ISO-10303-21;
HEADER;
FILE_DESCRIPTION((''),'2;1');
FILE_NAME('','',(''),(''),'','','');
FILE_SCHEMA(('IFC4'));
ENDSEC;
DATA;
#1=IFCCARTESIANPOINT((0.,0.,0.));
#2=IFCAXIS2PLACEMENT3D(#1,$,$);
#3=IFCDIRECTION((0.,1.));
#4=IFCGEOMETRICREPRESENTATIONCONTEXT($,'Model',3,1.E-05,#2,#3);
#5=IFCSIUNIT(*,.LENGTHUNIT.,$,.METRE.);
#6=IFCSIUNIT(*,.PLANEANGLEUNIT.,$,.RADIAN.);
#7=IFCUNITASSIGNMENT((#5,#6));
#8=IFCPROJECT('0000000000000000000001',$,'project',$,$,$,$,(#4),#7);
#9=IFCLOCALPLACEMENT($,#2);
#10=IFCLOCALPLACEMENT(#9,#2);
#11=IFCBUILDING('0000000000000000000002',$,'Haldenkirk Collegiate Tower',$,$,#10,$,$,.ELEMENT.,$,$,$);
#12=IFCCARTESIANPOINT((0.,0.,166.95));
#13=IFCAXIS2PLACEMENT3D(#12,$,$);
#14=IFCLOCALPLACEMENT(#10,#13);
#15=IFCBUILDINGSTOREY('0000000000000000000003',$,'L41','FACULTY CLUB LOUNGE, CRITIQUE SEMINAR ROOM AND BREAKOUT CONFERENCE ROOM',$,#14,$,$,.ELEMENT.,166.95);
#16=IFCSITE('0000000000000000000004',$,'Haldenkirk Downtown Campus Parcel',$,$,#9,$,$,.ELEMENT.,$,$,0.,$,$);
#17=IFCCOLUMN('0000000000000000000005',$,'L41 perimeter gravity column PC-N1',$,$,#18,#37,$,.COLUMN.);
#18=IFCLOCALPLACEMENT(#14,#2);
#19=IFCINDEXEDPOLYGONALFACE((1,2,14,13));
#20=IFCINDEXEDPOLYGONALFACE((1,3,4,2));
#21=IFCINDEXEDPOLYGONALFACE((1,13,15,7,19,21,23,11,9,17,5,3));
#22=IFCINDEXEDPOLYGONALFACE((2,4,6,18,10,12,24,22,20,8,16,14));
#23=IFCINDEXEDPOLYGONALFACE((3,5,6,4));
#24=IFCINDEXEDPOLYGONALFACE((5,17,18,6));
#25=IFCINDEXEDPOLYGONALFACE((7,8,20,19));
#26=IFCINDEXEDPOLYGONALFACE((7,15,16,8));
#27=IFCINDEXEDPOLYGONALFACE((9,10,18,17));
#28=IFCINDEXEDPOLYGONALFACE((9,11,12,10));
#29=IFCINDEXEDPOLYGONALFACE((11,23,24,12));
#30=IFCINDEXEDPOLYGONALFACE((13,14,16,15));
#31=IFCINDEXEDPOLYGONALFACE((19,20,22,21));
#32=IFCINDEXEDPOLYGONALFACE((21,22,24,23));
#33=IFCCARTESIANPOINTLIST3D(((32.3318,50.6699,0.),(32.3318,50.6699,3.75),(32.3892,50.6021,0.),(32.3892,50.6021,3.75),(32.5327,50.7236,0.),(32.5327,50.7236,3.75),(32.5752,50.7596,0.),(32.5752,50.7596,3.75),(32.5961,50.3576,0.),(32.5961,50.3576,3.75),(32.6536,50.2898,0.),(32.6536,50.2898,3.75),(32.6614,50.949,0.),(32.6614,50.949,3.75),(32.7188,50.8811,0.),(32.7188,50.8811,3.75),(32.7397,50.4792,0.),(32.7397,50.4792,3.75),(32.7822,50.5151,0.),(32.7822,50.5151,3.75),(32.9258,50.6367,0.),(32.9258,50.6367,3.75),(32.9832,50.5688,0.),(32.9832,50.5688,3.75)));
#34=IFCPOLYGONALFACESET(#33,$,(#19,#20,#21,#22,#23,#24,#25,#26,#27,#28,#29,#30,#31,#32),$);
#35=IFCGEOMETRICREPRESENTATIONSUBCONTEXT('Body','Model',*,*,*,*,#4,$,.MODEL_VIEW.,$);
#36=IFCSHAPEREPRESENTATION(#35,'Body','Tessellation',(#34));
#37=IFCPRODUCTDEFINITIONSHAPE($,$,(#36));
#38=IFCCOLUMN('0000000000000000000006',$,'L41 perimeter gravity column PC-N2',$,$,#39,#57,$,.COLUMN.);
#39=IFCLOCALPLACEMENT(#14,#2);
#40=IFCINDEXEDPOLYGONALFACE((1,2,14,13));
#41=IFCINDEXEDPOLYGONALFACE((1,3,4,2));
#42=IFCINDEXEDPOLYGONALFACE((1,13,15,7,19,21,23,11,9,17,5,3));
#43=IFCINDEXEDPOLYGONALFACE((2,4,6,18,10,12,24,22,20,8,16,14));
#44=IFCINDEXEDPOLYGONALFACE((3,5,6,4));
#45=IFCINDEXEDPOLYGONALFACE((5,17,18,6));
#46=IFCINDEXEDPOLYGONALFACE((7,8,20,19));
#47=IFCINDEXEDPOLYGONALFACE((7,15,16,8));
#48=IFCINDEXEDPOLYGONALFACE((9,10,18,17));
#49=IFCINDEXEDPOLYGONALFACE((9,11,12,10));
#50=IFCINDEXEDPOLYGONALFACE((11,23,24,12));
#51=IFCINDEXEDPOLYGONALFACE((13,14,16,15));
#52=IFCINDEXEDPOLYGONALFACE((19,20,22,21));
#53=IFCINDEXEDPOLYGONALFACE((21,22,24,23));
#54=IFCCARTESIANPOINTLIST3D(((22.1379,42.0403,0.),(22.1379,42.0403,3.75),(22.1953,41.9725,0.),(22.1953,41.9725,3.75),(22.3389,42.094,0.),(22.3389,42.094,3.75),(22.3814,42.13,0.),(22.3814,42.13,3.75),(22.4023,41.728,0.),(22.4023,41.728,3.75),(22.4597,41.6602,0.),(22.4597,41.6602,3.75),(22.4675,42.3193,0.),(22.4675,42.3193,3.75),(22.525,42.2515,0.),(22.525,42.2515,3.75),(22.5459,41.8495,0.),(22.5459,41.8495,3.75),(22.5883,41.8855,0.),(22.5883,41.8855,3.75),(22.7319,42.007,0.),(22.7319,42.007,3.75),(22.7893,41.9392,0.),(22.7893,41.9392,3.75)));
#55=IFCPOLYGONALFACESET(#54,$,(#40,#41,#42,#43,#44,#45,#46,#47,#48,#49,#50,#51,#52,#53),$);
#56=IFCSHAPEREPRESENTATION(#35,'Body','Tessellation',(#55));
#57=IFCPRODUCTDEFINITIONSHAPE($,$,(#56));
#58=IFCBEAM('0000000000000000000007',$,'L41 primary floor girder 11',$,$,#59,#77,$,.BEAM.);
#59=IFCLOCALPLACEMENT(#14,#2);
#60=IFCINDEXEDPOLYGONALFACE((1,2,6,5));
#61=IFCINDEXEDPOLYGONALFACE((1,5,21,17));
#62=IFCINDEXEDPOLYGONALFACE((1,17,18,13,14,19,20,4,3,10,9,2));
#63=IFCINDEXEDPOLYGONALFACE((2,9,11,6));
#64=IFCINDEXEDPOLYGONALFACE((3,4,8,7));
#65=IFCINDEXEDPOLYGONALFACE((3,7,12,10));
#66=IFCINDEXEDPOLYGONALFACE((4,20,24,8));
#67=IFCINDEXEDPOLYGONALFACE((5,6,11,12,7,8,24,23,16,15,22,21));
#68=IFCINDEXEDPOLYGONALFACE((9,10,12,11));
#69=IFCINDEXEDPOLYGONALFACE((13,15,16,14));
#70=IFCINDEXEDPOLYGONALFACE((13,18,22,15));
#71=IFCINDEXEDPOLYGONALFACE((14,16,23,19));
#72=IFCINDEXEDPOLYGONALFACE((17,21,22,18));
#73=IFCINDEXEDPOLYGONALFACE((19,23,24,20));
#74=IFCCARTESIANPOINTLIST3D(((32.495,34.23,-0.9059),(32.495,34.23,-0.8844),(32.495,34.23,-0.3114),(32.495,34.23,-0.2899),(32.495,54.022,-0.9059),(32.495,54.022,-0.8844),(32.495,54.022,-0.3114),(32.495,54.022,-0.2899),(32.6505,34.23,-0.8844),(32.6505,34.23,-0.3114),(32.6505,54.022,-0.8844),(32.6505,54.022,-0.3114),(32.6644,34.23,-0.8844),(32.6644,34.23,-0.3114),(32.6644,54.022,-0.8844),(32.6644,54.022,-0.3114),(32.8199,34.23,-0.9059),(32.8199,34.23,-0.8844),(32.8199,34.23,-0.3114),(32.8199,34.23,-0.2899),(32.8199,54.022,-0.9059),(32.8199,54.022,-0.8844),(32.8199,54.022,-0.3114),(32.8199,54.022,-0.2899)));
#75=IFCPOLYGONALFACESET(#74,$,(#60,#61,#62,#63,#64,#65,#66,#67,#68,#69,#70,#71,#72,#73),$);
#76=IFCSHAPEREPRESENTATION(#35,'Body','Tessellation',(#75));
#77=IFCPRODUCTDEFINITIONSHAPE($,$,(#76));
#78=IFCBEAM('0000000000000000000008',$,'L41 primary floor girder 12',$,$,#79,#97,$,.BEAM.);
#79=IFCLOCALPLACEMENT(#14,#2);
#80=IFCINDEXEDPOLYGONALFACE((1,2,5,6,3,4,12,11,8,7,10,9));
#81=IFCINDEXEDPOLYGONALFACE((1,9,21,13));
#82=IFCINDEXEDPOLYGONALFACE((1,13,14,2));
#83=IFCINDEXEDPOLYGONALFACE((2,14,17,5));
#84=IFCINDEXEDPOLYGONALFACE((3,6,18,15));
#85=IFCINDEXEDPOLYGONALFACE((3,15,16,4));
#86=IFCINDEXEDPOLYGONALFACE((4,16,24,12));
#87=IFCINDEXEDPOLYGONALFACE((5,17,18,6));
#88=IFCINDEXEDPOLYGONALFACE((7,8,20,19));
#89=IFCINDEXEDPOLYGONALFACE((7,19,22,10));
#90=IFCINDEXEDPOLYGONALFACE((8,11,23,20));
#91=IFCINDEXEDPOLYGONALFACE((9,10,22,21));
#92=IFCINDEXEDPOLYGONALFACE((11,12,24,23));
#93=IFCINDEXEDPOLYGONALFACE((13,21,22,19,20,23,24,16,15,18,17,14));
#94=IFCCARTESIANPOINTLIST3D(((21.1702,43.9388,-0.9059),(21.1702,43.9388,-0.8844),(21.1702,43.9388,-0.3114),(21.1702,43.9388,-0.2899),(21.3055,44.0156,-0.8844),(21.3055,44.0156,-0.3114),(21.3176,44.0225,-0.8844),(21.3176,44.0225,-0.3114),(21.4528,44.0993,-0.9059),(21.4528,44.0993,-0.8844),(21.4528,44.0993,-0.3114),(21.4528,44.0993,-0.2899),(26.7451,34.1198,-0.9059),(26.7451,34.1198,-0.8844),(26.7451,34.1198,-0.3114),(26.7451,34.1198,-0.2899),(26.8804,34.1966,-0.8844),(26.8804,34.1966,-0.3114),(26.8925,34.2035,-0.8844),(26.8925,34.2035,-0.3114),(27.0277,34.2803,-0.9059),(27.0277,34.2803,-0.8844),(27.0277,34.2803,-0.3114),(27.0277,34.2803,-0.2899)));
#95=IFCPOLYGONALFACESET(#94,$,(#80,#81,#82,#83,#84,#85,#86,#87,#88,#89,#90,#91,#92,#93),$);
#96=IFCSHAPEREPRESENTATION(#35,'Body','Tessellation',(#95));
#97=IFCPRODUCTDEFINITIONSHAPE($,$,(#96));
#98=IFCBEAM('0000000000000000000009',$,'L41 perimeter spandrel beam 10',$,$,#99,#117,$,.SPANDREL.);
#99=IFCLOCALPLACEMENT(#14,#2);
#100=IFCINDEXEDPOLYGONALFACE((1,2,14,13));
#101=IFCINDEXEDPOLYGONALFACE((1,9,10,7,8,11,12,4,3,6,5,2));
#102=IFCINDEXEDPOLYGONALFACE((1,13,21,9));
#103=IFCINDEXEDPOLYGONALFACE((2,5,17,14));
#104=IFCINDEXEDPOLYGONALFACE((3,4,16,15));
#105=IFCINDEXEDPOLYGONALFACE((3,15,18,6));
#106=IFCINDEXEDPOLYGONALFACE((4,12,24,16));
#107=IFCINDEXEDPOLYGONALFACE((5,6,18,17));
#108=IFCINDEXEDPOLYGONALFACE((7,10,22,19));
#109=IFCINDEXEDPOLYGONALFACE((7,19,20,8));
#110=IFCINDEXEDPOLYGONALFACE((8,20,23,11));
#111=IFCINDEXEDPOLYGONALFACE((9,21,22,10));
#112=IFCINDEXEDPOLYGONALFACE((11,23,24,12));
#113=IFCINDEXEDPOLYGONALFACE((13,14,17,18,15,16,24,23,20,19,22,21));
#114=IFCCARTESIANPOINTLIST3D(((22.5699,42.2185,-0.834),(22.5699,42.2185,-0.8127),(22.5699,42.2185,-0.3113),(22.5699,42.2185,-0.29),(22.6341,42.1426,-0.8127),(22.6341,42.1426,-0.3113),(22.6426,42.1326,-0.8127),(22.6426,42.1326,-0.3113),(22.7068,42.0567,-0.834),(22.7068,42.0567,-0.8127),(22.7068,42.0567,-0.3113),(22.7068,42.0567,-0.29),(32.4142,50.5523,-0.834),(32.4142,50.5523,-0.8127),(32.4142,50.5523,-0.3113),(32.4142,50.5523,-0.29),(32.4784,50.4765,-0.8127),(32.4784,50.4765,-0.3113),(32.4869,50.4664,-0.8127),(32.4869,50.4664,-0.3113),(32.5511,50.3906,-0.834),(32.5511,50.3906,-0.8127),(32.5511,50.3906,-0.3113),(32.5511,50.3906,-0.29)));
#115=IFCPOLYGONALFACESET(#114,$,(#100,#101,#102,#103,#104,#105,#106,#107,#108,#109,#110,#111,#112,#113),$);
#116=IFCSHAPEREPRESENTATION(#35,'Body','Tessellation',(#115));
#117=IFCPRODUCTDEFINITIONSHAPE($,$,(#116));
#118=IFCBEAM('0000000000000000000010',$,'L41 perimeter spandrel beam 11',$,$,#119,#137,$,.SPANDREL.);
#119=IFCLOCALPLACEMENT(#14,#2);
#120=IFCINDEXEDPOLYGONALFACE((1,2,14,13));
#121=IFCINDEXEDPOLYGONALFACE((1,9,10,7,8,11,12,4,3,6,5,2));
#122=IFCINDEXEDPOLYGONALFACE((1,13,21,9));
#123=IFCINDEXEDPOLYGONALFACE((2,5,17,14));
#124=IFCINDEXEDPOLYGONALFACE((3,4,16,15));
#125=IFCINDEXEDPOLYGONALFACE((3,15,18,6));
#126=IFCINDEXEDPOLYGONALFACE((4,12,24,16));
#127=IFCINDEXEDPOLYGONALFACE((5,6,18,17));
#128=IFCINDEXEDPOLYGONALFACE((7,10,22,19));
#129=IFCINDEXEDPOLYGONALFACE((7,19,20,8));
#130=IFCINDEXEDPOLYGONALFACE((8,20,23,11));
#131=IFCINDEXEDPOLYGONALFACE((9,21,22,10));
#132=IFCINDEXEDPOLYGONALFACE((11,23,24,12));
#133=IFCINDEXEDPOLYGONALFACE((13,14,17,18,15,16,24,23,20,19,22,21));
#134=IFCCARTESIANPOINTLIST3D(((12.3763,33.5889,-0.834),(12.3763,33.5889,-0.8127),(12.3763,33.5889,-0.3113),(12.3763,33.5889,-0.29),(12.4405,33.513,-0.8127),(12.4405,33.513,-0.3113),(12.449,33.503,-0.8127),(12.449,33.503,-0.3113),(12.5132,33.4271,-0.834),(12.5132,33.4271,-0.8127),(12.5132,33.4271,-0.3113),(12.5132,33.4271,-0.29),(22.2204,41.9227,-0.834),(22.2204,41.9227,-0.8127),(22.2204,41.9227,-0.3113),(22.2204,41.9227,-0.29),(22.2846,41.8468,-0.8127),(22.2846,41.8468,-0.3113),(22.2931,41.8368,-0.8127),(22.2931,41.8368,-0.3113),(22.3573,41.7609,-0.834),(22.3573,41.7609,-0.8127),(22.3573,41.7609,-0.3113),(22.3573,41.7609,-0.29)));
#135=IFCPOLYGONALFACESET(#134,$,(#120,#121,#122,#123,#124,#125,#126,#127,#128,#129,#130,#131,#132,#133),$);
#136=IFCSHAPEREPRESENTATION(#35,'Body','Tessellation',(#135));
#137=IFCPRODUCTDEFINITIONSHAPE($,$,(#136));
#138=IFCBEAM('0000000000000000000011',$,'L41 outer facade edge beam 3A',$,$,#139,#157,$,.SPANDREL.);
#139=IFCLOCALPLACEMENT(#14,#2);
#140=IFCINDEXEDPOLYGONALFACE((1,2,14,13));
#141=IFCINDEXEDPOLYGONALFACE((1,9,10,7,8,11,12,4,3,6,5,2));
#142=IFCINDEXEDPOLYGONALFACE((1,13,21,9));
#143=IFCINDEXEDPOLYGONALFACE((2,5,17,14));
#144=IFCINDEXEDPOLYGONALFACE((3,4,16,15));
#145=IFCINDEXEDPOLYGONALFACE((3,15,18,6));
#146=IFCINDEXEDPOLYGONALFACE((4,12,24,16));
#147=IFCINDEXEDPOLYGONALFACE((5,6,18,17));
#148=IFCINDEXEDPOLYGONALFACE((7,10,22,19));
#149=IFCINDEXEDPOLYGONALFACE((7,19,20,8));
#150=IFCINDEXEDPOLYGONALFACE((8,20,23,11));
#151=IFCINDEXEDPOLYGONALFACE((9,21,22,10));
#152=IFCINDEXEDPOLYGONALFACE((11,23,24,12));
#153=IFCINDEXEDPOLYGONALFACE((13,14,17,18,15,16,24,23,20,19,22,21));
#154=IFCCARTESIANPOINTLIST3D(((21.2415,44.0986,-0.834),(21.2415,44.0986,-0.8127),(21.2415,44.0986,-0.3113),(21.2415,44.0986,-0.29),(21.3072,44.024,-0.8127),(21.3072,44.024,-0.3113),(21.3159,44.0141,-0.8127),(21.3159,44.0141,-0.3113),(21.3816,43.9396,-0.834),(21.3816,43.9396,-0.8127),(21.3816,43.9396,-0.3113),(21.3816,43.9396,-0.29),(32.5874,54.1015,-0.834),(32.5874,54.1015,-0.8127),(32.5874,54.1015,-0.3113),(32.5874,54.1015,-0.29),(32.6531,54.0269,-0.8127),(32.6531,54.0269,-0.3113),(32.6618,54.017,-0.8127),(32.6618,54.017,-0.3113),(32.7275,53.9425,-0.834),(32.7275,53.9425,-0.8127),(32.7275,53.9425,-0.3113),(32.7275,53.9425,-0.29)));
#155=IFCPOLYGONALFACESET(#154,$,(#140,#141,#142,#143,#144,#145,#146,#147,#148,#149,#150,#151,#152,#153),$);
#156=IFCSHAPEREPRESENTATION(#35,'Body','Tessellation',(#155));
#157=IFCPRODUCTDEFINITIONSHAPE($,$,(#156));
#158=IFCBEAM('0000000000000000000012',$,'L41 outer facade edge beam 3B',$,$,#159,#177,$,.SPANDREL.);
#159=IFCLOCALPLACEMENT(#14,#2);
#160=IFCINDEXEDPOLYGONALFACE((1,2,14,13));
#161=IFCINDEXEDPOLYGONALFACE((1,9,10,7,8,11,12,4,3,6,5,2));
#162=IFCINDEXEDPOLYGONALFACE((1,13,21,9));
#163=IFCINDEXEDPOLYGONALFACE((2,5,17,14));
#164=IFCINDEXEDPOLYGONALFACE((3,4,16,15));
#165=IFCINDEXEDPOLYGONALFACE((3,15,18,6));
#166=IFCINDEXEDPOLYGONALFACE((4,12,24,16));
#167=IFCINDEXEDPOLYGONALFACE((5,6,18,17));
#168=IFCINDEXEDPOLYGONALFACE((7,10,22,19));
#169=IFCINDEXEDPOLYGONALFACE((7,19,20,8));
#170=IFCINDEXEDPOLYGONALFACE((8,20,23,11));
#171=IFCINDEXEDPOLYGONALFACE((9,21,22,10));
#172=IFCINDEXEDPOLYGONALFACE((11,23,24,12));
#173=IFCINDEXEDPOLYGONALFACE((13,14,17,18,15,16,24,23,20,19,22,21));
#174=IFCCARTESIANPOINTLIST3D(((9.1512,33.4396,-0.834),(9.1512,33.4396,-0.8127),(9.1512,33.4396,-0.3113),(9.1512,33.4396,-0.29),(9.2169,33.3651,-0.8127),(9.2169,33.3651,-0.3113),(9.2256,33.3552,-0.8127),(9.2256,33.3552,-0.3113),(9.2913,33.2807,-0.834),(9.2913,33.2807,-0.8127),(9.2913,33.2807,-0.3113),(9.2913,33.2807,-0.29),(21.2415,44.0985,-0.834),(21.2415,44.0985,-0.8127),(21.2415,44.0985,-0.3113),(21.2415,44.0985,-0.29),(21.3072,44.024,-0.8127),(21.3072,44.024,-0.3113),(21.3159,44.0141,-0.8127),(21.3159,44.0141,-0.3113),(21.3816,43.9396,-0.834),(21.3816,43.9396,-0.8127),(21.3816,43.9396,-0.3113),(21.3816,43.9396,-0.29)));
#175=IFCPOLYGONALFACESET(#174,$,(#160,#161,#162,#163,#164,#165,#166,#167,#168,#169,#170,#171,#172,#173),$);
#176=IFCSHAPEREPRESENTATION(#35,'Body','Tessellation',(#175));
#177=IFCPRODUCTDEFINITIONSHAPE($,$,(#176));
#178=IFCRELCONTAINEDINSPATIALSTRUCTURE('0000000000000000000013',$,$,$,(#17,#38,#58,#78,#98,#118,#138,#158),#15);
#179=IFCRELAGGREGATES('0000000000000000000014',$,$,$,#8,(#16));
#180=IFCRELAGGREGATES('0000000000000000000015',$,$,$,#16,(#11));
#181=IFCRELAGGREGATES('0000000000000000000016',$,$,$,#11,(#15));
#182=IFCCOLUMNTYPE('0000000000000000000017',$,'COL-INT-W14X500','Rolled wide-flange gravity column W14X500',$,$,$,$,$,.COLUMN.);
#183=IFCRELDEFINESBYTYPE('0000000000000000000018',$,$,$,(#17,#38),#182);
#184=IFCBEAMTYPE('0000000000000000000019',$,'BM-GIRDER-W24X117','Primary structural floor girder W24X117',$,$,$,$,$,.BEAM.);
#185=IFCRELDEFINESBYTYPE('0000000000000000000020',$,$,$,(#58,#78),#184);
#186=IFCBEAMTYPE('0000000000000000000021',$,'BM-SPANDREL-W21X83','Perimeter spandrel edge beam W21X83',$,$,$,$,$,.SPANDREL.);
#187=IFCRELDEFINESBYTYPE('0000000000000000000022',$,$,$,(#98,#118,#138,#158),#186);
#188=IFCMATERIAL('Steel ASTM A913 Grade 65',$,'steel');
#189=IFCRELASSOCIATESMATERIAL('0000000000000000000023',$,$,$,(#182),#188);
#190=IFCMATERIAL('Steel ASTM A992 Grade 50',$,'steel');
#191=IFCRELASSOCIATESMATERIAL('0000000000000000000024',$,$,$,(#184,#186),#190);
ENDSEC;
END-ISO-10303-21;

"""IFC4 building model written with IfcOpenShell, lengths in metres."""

from ifc_helpers import new_model, si_unit, direction, frame, origin, origin_2d, place, context, subcontext, project, spatial, i_section, extrude, material, material_profile, profile_set, type_object, element, save


model = new_model("IFC4")

# Units and contexts
model_context = context("Model", 3, precision=1e-05, world=origin(), true_north=direction((0.0, 1.0)))
body_context = subcontext(model_context, "Body", "Model", "MODEL_VIEW")
ifc_project = project(units=[si_unit("LENGTHUNIT", "METRE"), si_unit("PLANEANGLEUNIT", "RADIAN")], contexts=[model_context])

# Site, building, storey
site_placement = place(None, origin())
site = spatial("IfcSite", under=ifc_project, at=site_placement, Name="Haldenkirk Downtown Campus Parcel", CompositionType="ELEMENT", RefElevation=0.0)
building_placement = place(site_placement, origin())
building = spatial("IfcBuilding", under=site, at=building_placement, Name="Haldenkirk Collegiate Tower", CompositionType="ELEMENT")
storey_placement = place(building_placement, frame((0.0, 0.0, 166.95)))
storey = spatial("IfcBuildingStorey", under=building, at=storey_placement, Name="L41", Description="FACULTY CLUB LOUNGE, CRITIQUE SEMINAR ROOM AND BREAKOUT CONFERENCE ROOM", CompositionType="ELEMENT", Elevation=166.95)

# Columns
ifc_material_1 = material(Name="Steel ASTM A913 Grade 65", Category="steel")
ifc_material_profile_1 = material_profile(ifc_material_1, i_section(OverallWidth=0.4319, OverallDepth=0.498, WebThickness=0.0557, FlangeThickness=0.0889, at=origin_2d()), Name="W14X500")
ifc_profile_set_1 = profile_set([ifc_material_profile_1], Name="Steel ASTM A913 Grade 65")
column_type = type_object("IfcColumnType", Name="COL-INT-W14X500", Description="Rolled wide-flange gravity column W14X500", PredefinedType="COLUMN", material=ifc_profile_set_1)
for number, where, z_axis, x_axis, name in (
    (1, (32.6575, 50.6194, 0.0), (0.0, 0.0, 1.0), (0.763232, 0.646124, 0.0), "L41 perimeter gravity column PC-N1"),
    (2, (22.4636, 41.9897, 0.0), (0.0, 0.0, 1.0), (0.763232, 0.646124, 0.0), "L41 perimeter gravity column PC-N2"),
):
    element("IfcColumn", number, at=place(storey_placement, frame(where, z_axis=z_axis, x_axis=x_axis)), inside=storey, type_object=column_type, Name=name, PredefinedType="COLUMN", context=body_context, shape_type="SweptSolid", body=[
        extrude(i_section(OverallWidth=0.4319, OverallDepth=0.498, WebThickness=0.0557, FlangeThickness=0.0889, at=origin_2d()), origin(), (0.0, 0.0, 1.0), 3.75),
    ])

# Beams
ifc_material_2 = material(Name="Steel ASTM A992 Grade 50", Category="steel")
ifc_material_profile_2 = material_profile(ifc_material_2, i_section(OverallWidth=0.325, OverallDepth=0.616, WebThickness=0.0139, FlangeThickness=0.0215, at=origin_2d()), Name="W24X117")
ifc_profile_set_2 = profile_set([ifc_material_profile_2], Name="Steel ASTM A992 Grade 50")
beam_type_1 = type_object("IfcBeamType", Name="BM-GIRDER-W24X117", Description="Primary structural floor girder W24X117", PredefinedType="BEAM", material=ifc_profile_set_2)
beam_1_placement = place(storey_placement, frame((32.6575, 54.022, -0.5979), z_axis=(0.0, -1.0, 0.0), x_axis=(1.0, 0.0, 0.0)))
element("IfcBeam", 3, at=beam_1_placement, inside=storey, type_object=beam_type_1, Name="L41 primary floor girder 11", PredefinedType="BEAM", context=body_context, shape_type="SweptSolid", body=[
    extrude(i_section(OverallWidth=0.325, OverallDepth=0.616, WebThickness=0.0139, FlangeThickness=0.0215, at=origin_2d()), origin(), (0.0, 0.0, 1.0), 19.792),
])
beam_2_placement = place(storey_placement, frame((21.3115, 44.019, -0.5979), z_axis=(0.493736, -0.869612, 0.0), x_axis=(0.869612, 0.493736, 0.0)))
element("IfcBeam", 4, at=beam_2_placement, inside=storey, type_object=beam_type_1, Name="L41 primary floor girder 12", PredefinedType="BEAM", context=body_context, shape_type="SweptSolid", body=[
    extrude(i_section(OverallWidth=0.325, OverallDepth=0.616, WebThickness=0.0139, FlangeThickness=0.0215, at=origin_2d()), origin(), (0.0, 0.0, 1.0), 11.2913),
])
ifc_material_profile_3 = material_profile(ifc_material_2, i_section(OverallWidth=0.2119, OverallDepth=0.5439, WebThickness=0.0132, FlangeThickness=0.0212, at=origin_2d()), Name="W21X83")
ifc_profile_set_3 = profile_set([ifc_material_profile_3], Name="Steel ASTM A992 Grade 50")
beam_type_2 = type_object("IfcBeamType", Name="BM-SPANDREL-W21X83", Description="Perimeter spandrel edge beam W21X83", PredefinedType="SPANDREL", material=ifc_profile_set_3)
beam_3_placement = place(storey_placement, frame((32.4827, 50.4714, -0.562), z_axis=(-0.763233, -0.646123, 0.0), x_axis=(0.646123, -0.763233, 0.0)))
element("IfcBeam", 5, at=beam_3_placement, inside=storey, type_object=beam_type_2, Name="L41 perimeter spandrel beam 10", PredefinedType="SPANDREL", context=body_context, shape_type="SweptSolid", body=[
    extrude(i_section(OverallWidth=0.2119, OverallDepth=0.5439, WebThickness=0.0132, FlangeThickness=0.0212, at=origin_2d()), origin(), (0.0, 0.0, 1.0), 12.8982),
])
beam_4_placement = place(storey_placement, frame((22.2888, 41.8418, -0.562), z_axis=(-0.763225, -0.646132, 0.0), x_axis=(0.646132, -0.763225, 0.0)))
element("IfcBeam", 6, at=beam_4_placement, inside=storey, type_object=beam_type_2, Name="L41 perimeter spandrel beam 11", PredefinedType="SPANDREL", context=body_context, shape_type="SweptSolid", body=[
    extrude(i_section(OverallWidth=0.2119, OverallDepth=0.5439, WebThickness=0.0132, FlangeThickness=0.0212, at=origin_2d()), origin(), (0.0, 0.0, 1.0), 12.8979),
])
beam_5_placement = place(storey_placement, frame((32.6575, 54.022, -0.562), z_axis=(-0.750107, -0.661317, 0.0), x_axis=(0.661317, -0.750107, 0.0)))
element("IfcBeam", 7, at=beam_5_placement, inside=storey, type_object=beam_type_2, Name="L41 outer facade edge beam 3A", PredefinedType="SPANDREL", context=body_context, shape_type="SweptSolid", body=[
    extrude(i_section(OverallWidth=0.2119, OverallDepth=0.5439, WebThickness=0.0132, FlangeThickness=0.0212, at=origin_2d()), origin(), (0.0, 0.0, 1.0), 15.1257),
])
beam_6_placement = place(storey_placement, frame((21.3115, 44.019, -0.562), z_axis=(-0.750115, -0.661307, 0.0), x_axis=(0.661307, -0.750115, 0.0)))
element("IfcBeam", 8, at=beam_6_placement, inside=storey, type_object=beam_type_2, Name="L41 outer facade edge beam 3B", PredefinedType="SPANDREL", context=body_context, shape_type="SweptSolid", body=[
    extrude(i_section(OverallWidth=0.2119, OverallDepth=0.5439, WebThickness=0.0132, FlangeThickness=0.0212, at=origin_2d()), origin(), (0.0, 0.0, 1.0), 16.1179),
])

save(model, "model.ifc")
